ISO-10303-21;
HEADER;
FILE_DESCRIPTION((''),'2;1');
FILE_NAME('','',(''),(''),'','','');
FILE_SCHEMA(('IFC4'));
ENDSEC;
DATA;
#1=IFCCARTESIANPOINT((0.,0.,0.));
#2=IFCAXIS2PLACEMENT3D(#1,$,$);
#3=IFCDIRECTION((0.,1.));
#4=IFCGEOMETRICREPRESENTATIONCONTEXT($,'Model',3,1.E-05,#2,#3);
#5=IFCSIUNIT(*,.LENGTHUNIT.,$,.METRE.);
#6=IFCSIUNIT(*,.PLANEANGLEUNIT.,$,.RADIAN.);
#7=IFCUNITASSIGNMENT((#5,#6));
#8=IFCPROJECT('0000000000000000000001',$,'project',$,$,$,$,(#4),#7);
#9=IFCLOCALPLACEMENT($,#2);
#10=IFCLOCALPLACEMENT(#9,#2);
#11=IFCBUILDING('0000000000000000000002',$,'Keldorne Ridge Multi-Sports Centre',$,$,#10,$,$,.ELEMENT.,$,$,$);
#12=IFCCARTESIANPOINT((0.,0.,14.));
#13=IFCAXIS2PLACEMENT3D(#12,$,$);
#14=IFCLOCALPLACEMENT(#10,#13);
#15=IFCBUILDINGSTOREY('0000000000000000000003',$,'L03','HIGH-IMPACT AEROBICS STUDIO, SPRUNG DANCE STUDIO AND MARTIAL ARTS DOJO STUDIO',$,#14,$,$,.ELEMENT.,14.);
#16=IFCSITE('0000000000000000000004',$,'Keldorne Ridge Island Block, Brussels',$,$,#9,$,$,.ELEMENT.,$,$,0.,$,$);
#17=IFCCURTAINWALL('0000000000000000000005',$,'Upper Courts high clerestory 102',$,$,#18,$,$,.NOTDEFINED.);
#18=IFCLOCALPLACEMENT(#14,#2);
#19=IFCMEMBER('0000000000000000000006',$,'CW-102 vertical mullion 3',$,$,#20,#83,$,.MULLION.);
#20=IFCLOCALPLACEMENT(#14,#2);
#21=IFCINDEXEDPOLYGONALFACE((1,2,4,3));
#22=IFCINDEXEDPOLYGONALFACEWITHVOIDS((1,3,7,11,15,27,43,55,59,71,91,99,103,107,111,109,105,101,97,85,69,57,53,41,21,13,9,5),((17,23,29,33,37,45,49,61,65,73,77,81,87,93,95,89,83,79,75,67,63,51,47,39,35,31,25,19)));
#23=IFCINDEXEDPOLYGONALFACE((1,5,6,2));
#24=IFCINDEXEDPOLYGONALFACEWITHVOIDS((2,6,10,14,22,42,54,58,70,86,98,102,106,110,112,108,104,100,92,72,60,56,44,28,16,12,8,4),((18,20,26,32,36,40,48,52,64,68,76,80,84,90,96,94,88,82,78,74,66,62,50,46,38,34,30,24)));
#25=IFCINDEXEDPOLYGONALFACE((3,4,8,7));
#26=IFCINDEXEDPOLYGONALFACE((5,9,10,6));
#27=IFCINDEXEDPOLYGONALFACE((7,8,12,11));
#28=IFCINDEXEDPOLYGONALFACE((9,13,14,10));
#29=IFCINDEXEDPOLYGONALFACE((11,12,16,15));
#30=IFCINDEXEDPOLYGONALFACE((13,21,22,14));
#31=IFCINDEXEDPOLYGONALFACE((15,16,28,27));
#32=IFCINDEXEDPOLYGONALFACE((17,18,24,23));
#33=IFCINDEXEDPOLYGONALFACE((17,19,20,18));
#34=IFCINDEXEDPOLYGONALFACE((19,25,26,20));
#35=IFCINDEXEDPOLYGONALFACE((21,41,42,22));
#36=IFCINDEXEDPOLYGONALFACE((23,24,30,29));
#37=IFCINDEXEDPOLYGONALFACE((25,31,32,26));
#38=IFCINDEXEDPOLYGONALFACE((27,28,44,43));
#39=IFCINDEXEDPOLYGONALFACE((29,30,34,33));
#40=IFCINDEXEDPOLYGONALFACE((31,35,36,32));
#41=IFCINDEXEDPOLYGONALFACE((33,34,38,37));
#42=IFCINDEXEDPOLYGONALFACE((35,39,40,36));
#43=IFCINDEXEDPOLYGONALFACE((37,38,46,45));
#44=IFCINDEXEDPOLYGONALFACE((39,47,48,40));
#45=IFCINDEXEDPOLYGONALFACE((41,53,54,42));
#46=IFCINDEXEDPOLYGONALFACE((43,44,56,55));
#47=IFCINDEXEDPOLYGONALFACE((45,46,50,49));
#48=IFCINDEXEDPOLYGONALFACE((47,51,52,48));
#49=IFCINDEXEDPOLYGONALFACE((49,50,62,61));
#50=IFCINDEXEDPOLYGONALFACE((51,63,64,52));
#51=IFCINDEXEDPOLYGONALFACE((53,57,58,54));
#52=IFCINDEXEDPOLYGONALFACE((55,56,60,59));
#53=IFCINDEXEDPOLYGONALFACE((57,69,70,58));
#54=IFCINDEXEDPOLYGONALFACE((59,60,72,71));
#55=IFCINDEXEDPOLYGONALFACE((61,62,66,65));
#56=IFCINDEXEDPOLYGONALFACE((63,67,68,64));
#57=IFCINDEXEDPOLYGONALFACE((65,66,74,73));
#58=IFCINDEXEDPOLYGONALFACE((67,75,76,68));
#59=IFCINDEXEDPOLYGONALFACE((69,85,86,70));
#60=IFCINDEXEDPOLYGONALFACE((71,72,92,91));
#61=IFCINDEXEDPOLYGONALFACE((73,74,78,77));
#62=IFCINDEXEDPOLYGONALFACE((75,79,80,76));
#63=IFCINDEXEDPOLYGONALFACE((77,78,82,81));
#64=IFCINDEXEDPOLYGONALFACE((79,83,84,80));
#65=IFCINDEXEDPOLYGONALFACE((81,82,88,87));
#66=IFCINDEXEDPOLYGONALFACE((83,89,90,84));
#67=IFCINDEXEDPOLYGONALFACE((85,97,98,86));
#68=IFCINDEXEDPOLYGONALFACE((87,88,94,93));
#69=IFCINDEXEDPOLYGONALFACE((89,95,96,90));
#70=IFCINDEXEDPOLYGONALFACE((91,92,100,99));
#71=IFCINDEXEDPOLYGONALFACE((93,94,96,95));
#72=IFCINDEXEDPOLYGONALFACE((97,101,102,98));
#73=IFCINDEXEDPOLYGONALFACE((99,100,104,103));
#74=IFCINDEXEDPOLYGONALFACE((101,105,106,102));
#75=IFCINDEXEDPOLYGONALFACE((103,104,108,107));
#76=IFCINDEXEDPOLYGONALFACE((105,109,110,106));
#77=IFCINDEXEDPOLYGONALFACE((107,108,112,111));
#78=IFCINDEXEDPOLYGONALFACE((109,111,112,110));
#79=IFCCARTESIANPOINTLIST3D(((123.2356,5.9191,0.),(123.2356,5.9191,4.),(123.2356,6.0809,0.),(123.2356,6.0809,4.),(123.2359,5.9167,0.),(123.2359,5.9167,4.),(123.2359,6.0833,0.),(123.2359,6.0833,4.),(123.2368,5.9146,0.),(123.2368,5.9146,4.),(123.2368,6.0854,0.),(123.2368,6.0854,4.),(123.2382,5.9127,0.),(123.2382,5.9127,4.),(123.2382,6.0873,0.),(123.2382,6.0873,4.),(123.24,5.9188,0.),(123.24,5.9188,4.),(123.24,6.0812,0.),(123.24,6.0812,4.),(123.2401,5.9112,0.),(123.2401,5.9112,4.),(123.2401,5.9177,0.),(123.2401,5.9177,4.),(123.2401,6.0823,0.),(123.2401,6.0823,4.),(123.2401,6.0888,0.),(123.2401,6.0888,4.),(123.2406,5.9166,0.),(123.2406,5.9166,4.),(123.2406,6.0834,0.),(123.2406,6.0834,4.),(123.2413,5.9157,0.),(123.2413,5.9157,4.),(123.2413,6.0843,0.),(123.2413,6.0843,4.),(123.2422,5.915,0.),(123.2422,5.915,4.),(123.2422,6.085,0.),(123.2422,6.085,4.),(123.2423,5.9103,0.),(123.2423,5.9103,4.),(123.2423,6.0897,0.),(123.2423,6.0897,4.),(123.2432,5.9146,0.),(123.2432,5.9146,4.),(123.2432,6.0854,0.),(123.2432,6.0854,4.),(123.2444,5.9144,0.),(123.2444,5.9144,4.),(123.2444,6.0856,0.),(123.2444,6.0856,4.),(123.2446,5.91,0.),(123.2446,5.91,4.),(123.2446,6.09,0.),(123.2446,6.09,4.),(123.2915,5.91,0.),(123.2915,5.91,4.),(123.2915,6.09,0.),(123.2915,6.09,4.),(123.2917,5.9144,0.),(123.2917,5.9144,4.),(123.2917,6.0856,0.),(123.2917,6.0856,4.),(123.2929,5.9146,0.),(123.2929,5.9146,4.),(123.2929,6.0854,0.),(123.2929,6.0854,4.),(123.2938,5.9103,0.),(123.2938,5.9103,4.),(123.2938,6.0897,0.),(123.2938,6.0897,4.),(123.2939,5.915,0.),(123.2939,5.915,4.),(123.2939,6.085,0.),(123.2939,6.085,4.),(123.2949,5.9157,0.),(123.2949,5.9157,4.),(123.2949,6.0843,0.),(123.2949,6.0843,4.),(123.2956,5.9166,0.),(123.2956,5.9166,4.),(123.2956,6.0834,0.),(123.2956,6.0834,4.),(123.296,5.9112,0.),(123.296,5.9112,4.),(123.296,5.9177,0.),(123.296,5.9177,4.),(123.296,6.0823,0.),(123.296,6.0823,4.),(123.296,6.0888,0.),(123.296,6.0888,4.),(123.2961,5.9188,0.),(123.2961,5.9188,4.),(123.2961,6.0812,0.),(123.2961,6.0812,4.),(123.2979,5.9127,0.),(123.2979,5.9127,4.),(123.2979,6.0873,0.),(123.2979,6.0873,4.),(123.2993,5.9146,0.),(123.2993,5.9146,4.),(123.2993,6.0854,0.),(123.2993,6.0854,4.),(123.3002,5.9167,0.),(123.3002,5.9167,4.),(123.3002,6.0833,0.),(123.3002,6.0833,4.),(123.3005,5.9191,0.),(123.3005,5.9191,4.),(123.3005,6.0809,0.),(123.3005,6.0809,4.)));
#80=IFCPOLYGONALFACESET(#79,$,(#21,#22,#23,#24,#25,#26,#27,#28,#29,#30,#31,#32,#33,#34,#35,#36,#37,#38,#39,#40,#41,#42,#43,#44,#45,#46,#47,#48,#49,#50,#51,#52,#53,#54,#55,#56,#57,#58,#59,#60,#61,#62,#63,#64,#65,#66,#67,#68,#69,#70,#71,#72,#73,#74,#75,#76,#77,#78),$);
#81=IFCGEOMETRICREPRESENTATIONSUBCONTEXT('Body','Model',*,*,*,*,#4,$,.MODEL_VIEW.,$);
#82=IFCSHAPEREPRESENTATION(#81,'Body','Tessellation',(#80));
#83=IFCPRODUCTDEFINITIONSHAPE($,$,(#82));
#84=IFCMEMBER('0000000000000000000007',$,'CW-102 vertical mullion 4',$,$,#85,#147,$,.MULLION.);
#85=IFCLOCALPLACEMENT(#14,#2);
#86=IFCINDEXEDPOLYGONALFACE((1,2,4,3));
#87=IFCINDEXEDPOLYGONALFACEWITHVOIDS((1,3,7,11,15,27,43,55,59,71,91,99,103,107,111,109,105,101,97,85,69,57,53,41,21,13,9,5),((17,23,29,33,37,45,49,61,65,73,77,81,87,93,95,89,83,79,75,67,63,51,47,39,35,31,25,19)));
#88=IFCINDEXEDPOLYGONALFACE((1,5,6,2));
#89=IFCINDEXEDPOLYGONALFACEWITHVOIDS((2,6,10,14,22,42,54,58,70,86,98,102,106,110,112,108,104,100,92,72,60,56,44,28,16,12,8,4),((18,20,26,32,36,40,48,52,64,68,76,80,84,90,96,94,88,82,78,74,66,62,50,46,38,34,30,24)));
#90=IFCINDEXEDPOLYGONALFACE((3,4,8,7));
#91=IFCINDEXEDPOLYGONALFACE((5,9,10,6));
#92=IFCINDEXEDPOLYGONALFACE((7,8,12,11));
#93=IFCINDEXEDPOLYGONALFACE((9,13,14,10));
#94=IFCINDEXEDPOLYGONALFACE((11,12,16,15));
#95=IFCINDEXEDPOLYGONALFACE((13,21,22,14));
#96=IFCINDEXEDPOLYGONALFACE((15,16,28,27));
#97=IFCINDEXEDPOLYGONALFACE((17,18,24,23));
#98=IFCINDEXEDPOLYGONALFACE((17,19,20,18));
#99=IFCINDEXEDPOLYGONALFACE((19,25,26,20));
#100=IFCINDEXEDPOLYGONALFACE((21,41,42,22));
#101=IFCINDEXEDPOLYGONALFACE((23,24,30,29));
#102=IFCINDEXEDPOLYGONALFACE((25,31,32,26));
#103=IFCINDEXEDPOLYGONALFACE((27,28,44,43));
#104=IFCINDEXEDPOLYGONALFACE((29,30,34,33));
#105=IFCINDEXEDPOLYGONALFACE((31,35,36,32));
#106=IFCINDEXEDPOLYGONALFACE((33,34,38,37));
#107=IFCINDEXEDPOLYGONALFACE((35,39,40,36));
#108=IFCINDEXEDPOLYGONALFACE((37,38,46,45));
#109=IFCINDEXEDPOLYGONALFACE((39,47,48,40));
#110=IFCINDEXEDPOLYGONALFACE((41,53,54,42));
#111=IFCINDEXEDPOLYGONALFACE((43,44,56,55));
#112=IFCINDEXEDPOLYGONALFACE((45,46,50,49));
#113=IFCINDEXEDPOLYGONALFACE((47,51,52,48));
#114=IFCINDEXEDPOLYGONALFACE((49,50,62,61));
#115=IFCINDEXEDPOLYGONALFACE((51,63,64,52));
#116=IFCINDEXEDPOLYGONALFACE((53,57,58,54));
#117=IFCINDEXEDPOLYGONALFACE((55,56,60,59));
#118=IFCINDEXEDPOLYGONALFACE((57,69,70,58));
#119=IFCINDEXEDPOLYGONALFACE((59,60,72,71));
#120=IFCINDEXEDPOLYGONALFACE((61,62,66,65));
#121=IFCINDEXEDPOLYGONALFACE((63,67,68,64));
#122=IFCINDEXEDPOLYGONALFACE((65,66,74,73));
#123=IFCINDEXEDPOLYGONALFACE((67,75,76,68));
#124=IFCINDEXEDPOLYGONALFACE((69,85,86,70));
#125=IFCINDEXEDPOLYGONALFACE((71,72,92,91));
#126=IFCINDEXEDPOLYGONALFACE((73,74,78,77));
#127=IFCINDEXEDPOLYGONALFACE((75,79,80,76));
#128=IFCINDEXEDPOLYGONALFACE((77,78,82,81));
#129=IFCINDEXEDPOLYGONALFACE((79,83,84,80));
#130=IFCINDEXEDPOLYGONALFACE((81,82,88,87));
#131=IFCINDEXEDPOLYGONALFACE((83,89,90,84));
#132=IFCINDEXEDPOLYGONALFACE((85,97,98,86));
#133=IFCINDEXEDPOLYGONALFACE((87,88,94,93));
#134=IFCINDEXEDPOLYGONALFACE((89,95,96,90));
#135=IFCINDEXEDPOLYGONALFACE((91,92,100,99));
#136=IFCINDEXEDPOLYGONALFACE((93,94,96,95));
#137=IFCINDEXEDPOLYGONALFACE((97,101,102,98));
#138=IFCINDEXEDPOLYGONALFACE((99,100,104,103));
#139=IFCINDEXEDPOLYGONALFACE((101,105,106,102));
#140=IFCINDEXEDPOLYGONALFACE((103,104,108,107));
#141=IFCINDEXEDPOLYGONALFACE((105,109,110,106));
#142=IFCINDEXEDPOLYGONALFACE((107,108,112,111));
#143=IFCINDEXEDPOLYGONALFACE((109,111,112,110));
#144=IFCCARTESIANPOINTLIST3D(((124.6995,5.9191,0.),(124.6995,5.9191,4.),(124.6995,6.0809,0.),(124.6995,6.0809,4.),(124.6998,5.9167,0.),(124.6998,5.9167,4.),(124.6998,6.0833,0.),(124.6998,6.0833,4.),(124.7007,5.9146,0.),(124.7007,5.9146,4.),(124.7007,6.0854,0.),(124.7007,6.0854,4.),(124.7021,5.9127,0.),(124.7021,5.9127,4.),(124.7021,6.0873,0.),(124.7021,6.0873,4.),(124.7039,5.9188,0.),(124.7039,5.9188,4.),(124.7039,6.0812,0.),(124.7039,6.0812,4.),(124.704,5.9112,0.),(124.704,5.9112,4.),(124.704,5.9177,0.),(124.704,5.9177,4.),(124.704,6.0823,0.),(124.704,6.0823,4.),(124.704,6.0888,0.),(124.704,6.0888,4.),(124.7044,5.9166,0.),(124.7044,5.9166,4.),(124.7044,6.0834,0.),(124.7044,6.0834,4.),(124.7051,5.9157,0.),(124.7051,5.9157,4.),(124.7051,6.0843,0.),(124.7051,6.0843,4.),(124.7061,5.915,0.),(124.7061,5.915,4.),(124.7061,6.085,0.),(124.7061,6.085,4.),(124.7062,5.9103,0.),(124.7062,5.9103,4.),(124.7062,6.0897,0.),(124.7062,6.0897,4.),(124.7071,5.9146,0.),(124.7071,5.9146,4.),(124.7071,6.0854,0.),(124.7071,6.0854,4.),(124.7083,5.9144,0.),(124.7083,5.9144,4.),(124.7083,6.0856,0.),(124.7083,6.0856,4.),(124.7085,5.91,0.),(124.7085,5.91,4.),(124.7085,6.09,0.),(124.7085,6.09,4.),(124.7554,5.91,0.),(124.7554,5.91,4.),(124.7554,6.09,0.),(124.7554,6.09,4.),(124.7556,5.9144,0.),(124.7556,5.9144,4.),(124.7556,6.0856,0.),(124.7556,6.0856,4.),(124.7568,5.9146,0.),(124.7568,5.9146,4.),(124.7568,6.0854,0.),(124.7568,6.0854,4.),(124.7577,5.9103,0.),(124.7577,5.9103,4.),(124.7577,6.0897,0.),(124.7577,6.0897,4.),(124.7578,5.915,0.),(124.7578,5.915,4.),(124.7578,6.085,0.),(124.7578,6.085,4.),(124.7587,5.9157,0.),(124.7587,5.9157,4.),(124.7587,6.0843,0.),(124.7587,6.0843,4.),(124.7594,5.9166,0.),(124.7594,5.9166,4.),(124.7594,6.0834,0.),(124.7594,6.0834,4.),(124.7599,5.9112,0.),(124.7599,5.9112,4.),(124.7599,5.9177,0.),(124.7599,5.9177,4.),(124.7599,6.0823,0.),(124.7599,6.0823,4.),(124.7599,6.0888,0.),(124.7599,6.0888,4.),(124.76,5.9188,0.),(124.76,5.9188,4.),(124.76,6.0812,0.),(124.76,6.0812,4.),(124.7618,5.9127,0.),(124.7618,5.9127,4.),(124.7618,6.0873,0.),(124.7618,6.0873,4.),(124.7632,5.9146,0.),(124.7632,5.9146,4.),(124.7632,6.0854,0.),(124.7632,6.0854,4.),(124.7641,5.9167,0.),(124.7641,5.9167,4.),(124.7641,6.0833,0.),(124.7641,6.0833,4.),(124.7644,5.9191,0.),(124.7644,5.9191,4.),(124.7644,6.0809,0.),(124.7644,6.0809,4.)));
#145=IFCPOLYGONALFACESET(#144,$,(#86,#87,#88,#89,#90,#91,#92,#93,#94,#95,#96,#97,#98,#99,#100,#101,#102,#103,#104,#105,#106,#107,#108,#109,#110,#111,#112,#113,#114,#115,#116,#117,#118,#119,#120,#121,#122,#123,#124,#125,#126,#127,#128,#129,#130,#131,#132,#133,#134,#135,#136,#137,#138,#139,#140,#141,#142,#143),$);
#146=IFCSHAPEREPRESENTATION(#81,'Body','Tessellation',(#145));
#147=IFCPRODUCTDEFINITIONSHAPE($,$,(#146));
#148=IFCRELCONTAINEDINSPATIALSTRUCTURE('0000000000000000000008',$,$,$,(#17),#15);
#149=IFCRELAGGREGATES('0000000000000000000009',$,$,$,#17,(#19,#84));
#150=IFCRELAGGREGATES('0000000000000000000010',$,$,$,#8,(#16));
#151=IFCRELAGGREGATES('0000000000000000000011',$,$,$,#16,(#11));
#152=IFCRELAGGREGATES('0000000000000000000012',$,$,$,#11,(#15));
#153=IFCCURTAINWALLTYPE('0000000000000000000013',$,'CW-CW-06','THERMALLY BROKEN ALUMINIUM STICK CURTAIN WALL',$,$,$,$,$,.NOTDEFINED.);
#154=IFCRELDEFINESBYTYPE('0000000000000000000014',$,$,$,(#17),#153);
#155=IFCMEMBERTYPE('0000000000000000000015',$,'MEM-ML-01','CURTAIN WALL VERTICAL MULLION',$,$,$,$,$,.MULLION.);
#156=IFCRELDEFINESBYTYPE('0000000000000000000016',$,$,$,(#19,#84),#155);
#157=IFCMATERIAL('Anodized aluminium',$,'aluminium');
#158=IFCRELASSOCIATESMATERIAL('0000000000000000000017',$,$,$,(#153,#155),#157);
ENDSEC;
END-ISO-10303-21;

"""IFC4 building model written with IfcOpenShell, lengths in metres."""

from ifc_helpers import new_model, si_unit, direction, frame, origin, origin_2d, place, context, subcontext, project, spatial, hollow_rectangle, extrude, material, material_profile, profile_set, type_object, element, aggregate, save


model = new_model("IFC4")

# Units and contexts
model_context = context("Model", 3, precision=1e-05, world=origin(), true_north=direction((0.0, 1.0)))
body_context = subcontext(model_context, "Body", "Model", "MODEL_VIEW")
ifc_project = project(units=[si_unit("LENGTHUNIT", "METRE"), si_unit("PLANEANGLEUNIT", "RADIAN")], contexts=[model_context])

# Site, building, storey
site_placement = place(None, origin())
site = spatial("IfcSite", under=ifc_project, at=site_placement, Name="Keldorne Ridge Island Block, Brussels", CompositionType="ELEMENT", RefElevation=0.0)
building_placement = place(site_placement, origin())
building = spatial("IfcBuilding", under=site, at=building_placement, Name="Keldorne Ridge Multi-Sports Centre", CompositionType="ELEMENT")
storey_placement = place(building_placement, frame((0.0, 0.0, 14.0)))
storey = spatial("IfcBuildingStorey", under=building, at=storey_placement, Name="L03", Description="HIGH-IMPACT AEROBICS STUDIO, SPRUNG DANCE STUDIO AND MARTIAL ARTS DOJO STUDIO", CompositionType="ELEMENT", Elevation=14.0)

# Curtain wall, members
ifc_material_1 = material(Name="Anodized aluminium", Category="aluminium")
curtain_wall_type = type_object("IfcCurtainWallType", Name="CW-CW-06", Description="THERMALLY BROKEN ALUMINIUM STICK CURTAIN WALL", PredefinedType="NOTDEFINED", material=ifc_material_1)
curtain_wall_placement = place(storey_placement, origin())
curtain_wall = element("IfcCurtainWall", 1, at=curtain_wall_placement, inside=storey, type_object=curtain_wall_type, Name="Upper Courts high clerestory 102", PredefinedType="NOTDEFINED")
ifc_material_profile_1 = material_profile(ifc_material_1, hollow_rectangle(XDim=0.0649, YDim=0.1799, WallThickness=0.0044, InnerFilletRadius=0.0044, OuterFilletRadius=0.009, at=origin_2d()), Name="ALU MULLION 180x65x4.5")
ifc_profile_set_1 = profile_set([ifc_material_profile_1], Name="Anodized aluminium")
member_type_1 = type_object("IfcMemberType", Name="MEM-ML-01", Description="CURTAIN WALL VERTICAL MULLION", PredefinedType="MULLION", material=ifc_profile_set_1)
member_1_placement = place(storey_placement, frame((123.2681, 6.0, 0.0), z_axis=(0.0, 0.0, 1.0), x_axis=(1.0, 0.0, 0.0)))
member_1 = element("IfcMember", 2, at=member_1_placement, type_object=member_type_1, Name="CW-102 vertical mullion 3", PredefinedType="MULLION", context=body_context, shape_type="SweptSolid", body=[
    extrude(hollow_rectangle(XDim=0.0649, YDim=0.1799, WallThickness=0.0044, InnerFilletRadius=0.0044, OuterFilletRadius=0.009, at=origin_2d()), origin(), (0.0, 0.0, 1.0), 4.0),
])
member_2_placement = place(storey_placement, frame((124.7319, 6.0, 0.0), z_axis=(0.0, 0.0, 1.0), x_axis=(1.0, 0.0, 0.0)))
member_2 = element("IfcMember", 3, at=member_2_placement, type_object=member_type_1, Name="CW-102 vertical mullion 4", PredefinedType="MULLION", context=body_context, shape_type="SweptSolid", body=[
    extrude(hollow_rectangle(XDim=0.0649, YDim=0.1799, WallThickness=0.0044, InnerFilletRadius=0.0044, OuterFilletRadius=0.009, at=origin_2d()), origin(), (0.0, 0.0, 1.0), 4.0),
])
aggregate(curtain_wall, [member_1, member_2])

save(model, "model.ifc")
